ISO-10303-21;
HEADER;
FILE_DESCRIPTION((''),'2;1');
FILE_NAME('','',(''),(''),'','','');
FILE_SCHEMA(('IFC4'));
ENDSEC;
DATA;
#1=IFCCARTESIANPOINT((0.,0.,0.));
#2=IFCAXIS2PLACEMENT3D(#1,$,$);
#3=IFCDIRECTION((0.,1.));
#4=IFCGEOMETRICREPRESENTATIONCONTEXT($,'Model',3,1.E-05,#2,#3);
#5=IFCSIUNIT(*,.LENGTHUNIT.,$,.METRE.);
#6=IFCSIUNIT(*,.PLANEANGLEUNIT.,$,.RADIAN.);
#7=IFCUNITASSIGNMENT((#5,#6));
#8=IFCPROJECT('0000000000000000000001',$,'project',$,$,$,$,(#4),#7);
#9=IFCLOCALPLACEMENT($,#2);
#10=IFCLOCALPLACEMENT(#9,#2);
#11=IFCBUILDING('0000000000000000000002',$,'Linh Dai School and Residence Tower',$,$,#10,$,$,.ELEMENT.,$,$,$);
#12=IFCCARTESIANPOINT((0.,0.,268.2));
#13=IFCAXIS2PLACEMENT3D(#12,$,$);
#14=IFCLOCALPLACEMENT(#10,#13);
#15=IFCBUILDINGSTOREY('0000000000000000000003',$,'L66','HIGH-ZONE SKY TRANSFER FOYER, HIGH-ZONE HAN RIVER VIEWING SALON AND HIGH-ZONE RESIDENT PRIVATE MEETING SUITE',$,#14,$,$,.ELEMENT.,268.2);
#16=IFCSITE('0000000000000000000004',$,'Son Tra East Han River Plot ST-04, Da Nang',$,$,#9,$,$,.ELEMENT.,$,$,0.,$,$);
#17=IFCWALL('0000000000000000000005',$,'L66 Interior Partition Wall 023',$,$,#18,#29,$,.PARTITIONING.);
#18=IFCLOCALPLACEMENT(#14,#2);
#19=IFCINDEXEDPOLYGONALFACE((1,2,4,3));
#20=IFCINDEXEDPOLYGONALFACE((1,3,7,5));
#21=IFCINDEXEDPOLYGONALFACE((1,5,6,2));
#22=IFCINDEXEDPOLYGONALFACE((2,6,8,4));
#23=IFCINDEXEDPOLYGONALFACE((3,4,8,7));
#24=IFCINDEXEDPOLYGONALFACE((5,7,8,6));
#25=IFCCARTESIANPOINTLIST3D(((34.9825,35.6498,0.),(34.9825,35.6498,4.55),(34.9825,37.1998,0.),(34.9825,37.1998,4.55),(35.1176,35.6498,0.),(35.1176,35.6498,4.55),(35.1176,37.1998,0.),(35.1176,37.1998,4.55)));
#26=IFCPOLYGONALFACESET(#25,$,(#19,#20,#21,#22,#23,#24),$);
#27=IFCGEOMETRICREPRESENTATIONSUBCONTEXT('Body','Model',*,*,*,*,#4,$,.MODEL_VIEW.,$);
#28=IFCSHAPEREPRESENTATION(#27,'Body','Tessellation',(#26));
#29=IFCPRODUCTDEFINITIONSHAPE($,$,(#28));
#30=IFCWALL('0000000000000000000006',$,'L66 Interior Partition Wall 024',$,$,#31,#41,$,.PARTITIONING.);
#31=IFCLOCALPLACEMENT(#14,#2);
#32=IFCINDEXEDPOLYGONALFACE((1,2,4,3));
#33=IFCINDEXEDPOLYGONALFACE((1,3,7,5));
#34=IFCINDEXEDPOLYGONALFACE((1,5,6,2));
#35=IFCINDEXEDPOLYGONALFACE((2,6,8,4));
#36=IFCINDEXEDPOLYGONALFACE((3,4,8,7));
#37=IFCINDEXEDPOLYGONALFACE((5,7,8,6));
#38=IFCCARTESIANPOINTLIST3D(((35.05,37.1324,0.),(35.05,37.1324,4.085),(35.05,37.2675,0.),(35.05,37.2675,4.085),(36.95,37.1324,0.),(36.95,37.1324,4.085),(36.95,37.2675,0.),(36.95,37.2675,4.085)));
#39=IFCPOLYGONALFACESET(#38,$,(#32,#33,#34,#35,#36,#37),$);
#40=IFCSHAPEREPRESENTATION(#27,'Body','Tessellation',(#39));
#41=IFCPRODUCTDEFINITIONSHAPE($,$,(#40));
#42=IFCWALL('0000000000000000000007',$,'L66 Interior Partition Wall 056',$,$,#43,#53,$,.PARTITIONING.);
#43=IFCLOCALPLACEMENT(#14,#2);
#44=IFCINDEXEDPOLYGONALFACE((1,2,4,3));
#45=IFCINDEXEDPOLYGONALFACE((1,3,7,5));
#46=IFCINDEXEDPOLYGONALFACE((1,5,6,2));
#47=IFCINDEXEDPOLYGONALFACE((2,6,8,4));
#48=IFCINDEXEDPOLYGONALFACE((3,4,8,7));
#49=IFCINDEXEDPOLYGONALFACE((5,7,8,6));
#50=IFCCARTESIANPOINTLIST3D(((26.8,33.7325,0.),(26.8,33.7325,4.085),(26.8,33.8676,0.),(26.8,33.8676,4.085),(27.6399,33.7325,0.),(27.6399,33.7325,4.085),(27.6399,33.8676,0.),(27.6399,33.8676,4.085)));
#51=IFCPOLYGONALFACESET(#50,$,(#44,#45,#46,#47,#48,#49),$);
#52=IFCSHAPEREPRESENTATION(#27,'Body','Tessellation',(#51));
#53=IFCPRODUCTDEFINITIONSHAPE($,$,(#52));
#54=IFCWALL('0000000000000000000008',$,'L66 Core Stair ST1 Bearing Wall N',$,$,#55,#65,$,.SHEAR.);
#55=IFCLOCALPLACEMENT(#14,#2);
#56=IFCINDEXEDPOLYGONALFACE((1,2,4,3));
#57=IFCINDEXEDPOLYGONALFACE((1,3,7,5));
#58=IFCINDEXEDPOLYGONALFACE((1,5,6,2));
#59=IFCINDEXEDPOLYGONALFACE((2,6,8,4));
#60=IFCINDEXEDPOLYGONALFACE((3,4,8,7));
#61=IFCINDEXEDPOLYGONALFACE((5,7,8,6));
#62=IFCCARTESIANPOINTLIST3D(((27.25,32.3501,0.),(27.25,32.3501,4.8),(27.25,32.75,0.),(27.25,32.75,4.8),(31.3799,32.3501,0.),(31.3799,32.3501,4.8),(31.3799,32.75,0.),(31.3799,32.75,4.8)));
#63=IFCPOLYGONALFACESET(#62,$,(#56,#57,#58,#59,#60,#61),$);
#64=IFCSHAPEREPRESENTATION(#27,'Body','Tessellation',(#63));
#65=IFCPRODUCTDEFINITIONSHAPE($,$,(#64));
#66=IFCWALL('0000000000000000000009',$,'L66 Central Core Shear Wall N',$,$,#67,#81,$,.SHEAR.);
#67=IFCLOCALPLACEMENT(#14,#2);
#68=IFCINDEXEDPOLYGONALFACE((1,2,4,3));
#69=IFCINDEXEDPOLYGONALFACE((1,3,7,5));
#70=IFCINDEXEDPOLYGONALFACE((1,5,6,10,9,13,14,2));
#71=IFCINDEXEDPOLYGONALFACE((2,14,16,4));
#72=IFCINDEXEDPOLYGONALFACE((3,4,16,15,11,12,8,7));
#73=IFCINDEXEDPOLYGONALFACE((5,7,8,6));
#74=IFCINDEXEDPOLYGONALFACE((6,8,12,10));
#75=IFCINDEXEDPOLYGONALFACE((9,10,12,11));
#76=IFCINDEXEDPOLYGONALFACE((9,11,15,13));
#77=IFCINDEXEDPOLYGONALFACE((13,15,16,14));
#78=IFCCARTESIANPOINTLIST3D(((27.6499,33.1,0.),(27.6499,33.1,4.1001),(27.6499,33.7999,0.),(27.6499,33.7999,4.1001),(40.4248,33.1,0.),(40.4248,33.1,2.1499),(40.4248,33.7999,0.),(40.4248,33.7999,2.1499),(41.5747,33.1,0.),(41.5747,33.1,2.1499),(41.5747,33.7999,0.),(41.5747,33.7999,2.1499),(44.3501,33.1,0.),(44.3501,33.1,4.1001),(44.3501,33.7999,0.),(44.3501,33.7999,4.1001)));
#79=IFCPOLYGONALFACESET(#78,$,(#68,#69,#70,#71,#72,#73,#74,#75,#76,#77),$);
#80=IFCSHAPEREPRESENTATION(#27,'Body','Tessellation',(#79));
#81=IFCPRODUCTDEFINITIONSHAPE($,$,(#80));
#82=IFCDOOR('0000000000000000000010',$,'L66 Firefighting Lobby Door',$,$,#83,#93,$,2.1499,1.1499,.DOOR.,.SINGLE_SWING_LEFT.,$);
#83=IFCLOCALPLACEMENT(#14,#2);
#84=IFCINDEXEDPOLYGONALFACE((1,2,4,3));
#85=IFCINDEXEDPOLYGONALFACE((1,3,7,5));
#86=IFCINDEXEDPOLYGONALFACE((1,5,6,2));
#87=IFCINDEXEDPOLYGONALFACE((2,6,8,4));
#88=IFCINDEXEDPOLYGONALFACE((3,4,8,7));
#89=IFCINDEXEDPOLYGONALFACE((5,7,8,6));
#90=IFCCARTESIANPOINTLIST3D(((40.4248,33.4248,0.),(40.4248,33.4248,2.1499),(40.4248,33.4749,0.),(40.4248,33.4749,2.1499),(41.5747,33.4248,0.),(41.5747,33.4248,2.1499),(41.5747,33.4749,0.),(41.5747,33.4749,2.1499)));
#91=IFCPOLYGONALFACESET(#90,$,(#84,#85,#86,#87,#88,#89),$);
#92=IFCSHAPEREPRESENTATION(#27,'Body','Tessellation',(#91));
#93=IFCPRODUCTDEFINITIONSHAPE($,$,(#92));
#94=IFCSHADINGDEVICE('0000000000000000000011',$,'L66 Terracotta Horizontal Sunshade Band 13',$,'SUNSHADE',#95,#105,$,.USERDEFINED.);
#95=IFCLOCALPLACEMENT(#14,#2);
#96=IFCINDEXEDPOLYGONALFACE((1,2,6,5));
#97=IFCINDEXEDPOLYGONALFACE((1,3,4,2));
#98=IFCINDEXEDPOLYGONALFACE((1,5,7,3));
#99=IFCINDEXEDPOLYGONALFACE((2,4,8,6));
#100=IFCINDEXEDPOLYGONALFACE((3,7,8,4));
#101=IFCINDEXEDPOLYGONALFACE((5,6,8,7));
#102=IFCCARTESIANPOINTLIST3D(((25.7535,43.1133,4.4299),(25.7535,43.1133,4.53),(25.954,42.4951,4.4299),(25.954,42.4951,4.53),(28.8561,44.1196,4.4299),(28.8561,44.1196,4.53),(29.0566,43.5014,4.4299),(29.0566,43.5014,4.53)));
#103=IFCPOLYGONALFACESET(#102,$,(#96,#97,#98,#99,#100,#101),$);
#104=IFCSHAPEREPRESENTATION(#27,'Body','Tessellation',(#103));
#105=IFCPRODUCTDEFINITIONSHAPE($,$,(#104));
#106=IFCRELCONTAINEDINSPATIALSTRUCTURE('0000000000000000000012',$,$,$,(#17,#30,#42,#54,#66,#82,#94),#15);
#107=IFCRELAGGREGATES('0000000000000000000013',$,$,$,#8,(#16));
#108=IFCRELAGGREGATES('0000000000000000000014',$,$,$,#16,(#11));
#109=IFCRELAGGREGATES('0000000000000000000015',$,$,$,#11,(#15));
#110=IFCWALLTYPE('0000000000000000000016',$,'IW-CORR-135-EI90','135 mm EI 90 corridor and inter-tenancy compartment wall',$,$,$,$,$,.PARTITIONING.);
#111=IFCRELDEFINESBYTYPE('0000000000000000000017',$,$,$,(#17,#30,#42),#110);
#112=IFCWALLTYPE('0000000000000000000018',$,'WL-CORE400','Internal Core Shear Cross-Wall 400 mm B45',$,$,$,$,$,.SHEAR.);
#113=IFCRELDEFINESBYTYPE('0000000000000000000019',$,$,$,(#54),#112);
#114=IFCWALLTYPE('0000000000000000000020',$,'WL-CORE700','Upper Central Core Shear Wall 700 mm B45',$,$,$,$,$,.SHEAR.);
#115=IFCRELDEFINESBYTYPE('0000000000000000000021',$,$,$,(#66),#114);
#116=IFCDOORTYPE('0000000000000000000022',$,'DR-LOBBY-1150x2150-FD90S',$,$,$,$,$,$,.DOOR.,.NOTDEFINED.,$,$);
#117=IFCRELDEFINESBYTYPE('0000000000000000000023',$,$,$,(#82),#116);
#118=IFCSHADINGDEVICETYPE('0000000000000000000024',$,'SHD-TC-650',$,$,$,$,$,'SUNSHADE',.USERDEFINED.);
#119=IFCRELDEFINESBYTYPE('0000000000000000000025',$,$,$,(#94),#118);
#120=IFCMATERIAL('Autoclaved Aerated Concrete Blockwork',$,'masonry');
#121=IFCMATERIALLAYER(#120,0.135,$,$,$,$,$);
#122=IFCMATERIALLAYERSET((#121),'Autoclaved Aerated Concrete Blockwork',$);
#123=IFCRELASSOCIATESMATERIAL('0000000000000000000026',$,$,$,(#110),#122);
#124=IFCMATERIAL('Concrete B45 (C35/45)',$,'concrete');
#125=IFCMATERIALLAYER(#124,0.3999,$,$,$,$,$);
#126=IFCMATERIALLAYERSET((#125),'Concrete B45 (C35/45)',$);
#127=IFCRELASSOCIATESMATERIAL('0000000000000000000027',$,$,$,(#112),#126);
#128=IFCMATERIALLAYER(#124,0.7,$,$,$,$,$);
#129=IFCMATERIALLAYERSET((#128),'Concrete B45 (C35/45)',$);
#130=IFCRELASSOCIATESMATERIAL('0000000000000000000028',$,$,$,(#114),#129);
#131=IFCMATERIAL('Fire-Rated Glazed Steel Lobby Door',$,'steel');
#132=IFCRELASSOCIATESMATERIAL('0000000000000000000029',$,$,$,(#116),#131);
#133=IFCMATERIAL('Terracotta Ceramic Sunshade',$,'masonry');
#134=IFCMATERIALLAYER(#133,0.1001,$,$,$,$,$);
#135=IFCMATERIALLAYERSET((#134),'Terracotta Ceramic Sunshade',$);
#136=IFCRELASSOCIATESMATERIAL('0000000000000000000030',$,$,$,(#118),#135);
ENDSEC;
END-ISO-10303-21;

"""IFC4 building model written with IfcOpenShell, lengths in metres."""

from ifc_helpers import new_model, si_unit, direction, frame, frame_2d, origin, origin_2d, place, context, subcontext, project, spatial, rectangle, extrude, source, transform, mapped, material, layer, layer_set, type_object, element, fill, save


model = new_model("IFC4")

# Units and contexts
model_context = context("Model", 3, precision=1e-05, world=origin(), true_north=direction((0.0, 1.0)))
body_context = subcontext(model_context, "Body", "Model", "MODEL_VIEW")
ifc_project = project(units=[si_unit("LENGTHUNIT", "METRE"), si_unit("PLANEANGLEUNIT", "RADIAN")], contexts=[model_context])

# Site, building, storey
site_placement = place(None, origin())
site = spatial("IfcSite", under=ifc_project, at=site_placement, Name="Son Tra East Han River Plot ST-04, Da Nang", CompositionType="ELEMENT", RefElevation=0.0)
building_placement = place(site_placement, origin())
building = spatial("IfcBuilding", under=site, at=building_placement, Name="Linh Dai School and Residence Tower", CompositionType="ELEMENT")
storey_placement = place(building_placement, frame((0.0, 0.0, 268.2)))
storey = spatial("IfcBuildingStorey", under=building, at=storey_placement, Name="L66", Description="HIGH-ZONE SKY TRANSFER FOYER, HIGH-ZONE HAN RIVER VIEWING SALON AND HIGH-ZONE RESIDENT PRIVATE MEETING SUITE", CompositionType="ELEMENT", Elevation=268.2)

# Shared definitions
ifc_material_1 = material(Name="Concrete B45 (C35/45)", Category="concrete")

# Walls
ifc_material_2 = material(Name="Autoclaved Aerated Concrete Blockwork", Category="masonry")
ifc_layer_1 = layer(ifc_material_2, 0.135)
ifc_layer_set_1 = layer_set([ifc_layer_1], Name="Autoclaved Aerated Concrete Blockwork")
wall_type_1 = type_object("IfcWallType", Name="IW-CORR-135-EI90", Description="135 mm EI 90 corridor and inter-tenancy compartment wall", PredefinedType="PARTITIONING", material=ifc_layer_set_1)
wall_1_placement = place(storey_placement, frame((35.05, 35.6499, 0.0), z_axis=(0.0, 0.0, 1.0), x_axis=(0.0, 1.0, 0.0)))
element("IfcWall", 1, at=wall_1_placement, inside=storey, type_object=wall_type_1, Name="L66 Interior Partition Wall 023", PredefinedType="PARTITIONING", context=body_context, shape_type="SweptSolid", body=[
    extrude(rectangle(XDim=1.55, YDim=0.135, at=frame_2d((0.7749, 0.0))), origin(), (0.0, 0.0, 1.0), 4.55),
])
wall_2_placement = place(storey_placement, frame((35.05, 37.2, 0.0), z_axis=(0.0, 0.0, 1.0), x_axis=(1.0, 0.0, 0.0)))
element("IfcWall", 2, at=wall_2_placement, inside=storey, type_object=wall_type_1, Name="L66 Interior Partition Wall 024", PredefinedType="PARTITIONING", context=body_context, shape_type="SweptSolid", body=[
    extrude(rectangle(XDim=1.8999, YDim=0.135, at=frame_2d((0.95, 0.0))), origin(), (0.0, 0.0, 1.0), 4.085),
])
wall_3_placement = place(storey_placement, frame((27.6399, 33.8, 0.0), z_axis=(0.0, 0.0, 1.0), x_axis=(-1.0, 0.0, 0.0)))
element("IfcWall", 3, at=wall_3_placement, inside=storey, type_object=wall_type_1, Name="L66 Interior Partition Wall 056", PredefinedType="PARTITIONING", context=body_context, shape_type="SweptSolid", body=[
    extrude(rectangle(XDim=0.8398, YDim=0.135, at=frame_2d((0.4199, 0.0))), origin(), (0.0, 0.0, 1.0), 4.085),
])
ifc_layer_2 = layer(ifc_material_1, 0.3999)
ifc_layer_set_2 = layer_set([ifc_layer_2], Name="Concrete B45 (C35/45)")
wall_type_2 = type_object("IfcWallType", Name="WL-CORE400", Description="Internal Core Shear Cross-Wall 400 mm B45", PredefinedType="SHEAR", material=ifc_layer_set_2)
wall_4_placement = place(storey_placement, frame((27.25, 32.55, 0.0), z_axis=(0.0, 0.0, 1.0), x_axis=(1.0, 0.0, 0.0)))
element("IfcWall", 4, at=wall_4_placement, inside=storey, type_object=wall_type_2, Name="L66 Core Stair ST1 Bearing Wall N", PredefinedType="SHEAR", context=body_context, shape_type="SweptSolid", body=[
    extrude(rectangle(XDim=4.1299, YDim=0.3999, at=frame_2d((2.0649, 0.0))), origin(), (0.0, 0.0, 1.0), 4.8),
])

# Wall, opening, door
ifc_layer_3 = layer(ifc_material_1, 0.7)
ifc_layer_set_3 = layer_set([ifc_layer_3], Name="Concrete B45 (C35/45)")
wall_type_3 = type_object("IfcWallType", Name="WL-CORE700", Description="Upper Central Core Shear Wall 700 mm B45", PredefinedType="SHEAR", material=ifc_layer_set_3)
wall_5_placement = place(storey_placement, frame((27.6499, 33.45, 0.0), z_axis=(0.0, 0.0, 1.0), x_axis=(1.0, 0.0, 0.0)))
wall_5 = element("IfcWall", 5, at=wall_5_placement, inside=storey, type_object=wall_type_3, Name="L66 Central Core Shear Wall N", PredefinedType="SHEAR", context=body_context, shape_type="SweptSolid", body=[
    extrude(rectangle(XDim=16.7002, YDim=0.7, at=frame_2d((8.3501, 0.0))), origin(), (0.0, 0.0, 1.0), 4.1001),
])
opening_placement = place(wall_5_placement, frame((12.7749, 0.0, 0.0)))
opening = element("IfcOpeningElement", 6, at=opening_placement, cuts=wall_5, PredefinedType="OPENING", context=body_context, shape_type="SweptSolid", body=[
    extrude(rectangle(XDim=1.1499, YDim=2.1499, at=origin_2d()), frame((0.575, 0.3599, 1.075), z_axis=(0.0, -1.0, 0.0), x_axis=(1.0, 0.0, 0.0)), (0.0, 0.0, 1.0), 0.72),
])
ifc_material_3 = material(Name="Fire-Rated Glazed Steel Lobby Door", Category="steel")
door_type = type_object("IfcDoorType", Name="DR-LOBBY-1150x2150-FD90S", OperationType="NOTDEFINED", PredefinedType="DOOR", material=ifc_material_3)
shared_shape_1 = source(origin(), body_context, "Body", "SweptSolid", [
    extrude(rectangle(XDim=1.1499, YDim=2.1499, at=origin_2d()), frame((0.575, 0.0249, 1.075), z_axis=(0.0, -1.0, 0.0), x_axis=(1.0, 0.0, 0.0)), (0.0, 0.0, 1.0), 0.05),
])
door_placement = place(opening_placement, origin())
door = element("IfcDoor", 7, at=door_placement, inside=storey, type_object=door_type, Name="L66 Firefighting Lobby Door", OperationType="SINGLE_SWING_LEFT", OverallHeight=2.1499, OverallWidth=1.1499, PredefinedType="DOOR", context=body_context, shape_type="MappedRepresentation", body=[
    mapped(shared_shape_1, transform((0.0, 0.0, 0.0), x_axis=(1.0, 0.0, 0.0), y_axis=(0.0, 1.0, 0.0), z_axis=(0.0, 0.0, 1.0), scale=1.0)),
])
fill(opening, door)

# Shading device
ifc_material_4 = material(Name="Terracotta Ceramic Sunshade", Category="masonry")
ifc_layer_4 = layer(ifc_material_4, 0.1001)
ifc_layer_set_4 = layer_set([ifc_layer_4], Name="Terracotta Ceramic Sunshade")
shading_device_type = type_object("IfcShadingDeviceType", Name="SHD-TC-650", ElementType="SUNSHADE", PredefinedType="USERDEFINED", material=ifc_layer_set_4)
shared_shape_2 = source(origin(), body_context, "Body", "SweptSolid", [
    extrude(rectangle(XDim=3.2617, YDim=0.6499, at=origin_2d()), origin(), (0.0, 0.0, 1.0), 0.1001),
])
shading_device_placement = place(storey_placement, frame((27.405, 43.3074, 4.4299), z_axis=(0.0, 0.0, 1.0), x_axis=(0.951218, 0.308519, 0.0)))
element("IfcShadingDevice", 8, at=shading_device_placement, inside=storey, type_object=shading_device_type, Name="L66 Terracotta Horizontal Sunshade Band 13", ObjectType="SUNSHADE", PredefinedType="USERDEFINED", context=body_context, shape_type="MappedRepresentation", body=[
    mapped(shared_shape_2, transform((0.0, 0.0, 0.0), x_axis=(1.0, 0.0, 0.0), y_axis=(0.0, 1.0, 0.0), z_axis=(0.0, 0.0, 1.0), scale=1.0)),
])

save(model, "model.ifc")
